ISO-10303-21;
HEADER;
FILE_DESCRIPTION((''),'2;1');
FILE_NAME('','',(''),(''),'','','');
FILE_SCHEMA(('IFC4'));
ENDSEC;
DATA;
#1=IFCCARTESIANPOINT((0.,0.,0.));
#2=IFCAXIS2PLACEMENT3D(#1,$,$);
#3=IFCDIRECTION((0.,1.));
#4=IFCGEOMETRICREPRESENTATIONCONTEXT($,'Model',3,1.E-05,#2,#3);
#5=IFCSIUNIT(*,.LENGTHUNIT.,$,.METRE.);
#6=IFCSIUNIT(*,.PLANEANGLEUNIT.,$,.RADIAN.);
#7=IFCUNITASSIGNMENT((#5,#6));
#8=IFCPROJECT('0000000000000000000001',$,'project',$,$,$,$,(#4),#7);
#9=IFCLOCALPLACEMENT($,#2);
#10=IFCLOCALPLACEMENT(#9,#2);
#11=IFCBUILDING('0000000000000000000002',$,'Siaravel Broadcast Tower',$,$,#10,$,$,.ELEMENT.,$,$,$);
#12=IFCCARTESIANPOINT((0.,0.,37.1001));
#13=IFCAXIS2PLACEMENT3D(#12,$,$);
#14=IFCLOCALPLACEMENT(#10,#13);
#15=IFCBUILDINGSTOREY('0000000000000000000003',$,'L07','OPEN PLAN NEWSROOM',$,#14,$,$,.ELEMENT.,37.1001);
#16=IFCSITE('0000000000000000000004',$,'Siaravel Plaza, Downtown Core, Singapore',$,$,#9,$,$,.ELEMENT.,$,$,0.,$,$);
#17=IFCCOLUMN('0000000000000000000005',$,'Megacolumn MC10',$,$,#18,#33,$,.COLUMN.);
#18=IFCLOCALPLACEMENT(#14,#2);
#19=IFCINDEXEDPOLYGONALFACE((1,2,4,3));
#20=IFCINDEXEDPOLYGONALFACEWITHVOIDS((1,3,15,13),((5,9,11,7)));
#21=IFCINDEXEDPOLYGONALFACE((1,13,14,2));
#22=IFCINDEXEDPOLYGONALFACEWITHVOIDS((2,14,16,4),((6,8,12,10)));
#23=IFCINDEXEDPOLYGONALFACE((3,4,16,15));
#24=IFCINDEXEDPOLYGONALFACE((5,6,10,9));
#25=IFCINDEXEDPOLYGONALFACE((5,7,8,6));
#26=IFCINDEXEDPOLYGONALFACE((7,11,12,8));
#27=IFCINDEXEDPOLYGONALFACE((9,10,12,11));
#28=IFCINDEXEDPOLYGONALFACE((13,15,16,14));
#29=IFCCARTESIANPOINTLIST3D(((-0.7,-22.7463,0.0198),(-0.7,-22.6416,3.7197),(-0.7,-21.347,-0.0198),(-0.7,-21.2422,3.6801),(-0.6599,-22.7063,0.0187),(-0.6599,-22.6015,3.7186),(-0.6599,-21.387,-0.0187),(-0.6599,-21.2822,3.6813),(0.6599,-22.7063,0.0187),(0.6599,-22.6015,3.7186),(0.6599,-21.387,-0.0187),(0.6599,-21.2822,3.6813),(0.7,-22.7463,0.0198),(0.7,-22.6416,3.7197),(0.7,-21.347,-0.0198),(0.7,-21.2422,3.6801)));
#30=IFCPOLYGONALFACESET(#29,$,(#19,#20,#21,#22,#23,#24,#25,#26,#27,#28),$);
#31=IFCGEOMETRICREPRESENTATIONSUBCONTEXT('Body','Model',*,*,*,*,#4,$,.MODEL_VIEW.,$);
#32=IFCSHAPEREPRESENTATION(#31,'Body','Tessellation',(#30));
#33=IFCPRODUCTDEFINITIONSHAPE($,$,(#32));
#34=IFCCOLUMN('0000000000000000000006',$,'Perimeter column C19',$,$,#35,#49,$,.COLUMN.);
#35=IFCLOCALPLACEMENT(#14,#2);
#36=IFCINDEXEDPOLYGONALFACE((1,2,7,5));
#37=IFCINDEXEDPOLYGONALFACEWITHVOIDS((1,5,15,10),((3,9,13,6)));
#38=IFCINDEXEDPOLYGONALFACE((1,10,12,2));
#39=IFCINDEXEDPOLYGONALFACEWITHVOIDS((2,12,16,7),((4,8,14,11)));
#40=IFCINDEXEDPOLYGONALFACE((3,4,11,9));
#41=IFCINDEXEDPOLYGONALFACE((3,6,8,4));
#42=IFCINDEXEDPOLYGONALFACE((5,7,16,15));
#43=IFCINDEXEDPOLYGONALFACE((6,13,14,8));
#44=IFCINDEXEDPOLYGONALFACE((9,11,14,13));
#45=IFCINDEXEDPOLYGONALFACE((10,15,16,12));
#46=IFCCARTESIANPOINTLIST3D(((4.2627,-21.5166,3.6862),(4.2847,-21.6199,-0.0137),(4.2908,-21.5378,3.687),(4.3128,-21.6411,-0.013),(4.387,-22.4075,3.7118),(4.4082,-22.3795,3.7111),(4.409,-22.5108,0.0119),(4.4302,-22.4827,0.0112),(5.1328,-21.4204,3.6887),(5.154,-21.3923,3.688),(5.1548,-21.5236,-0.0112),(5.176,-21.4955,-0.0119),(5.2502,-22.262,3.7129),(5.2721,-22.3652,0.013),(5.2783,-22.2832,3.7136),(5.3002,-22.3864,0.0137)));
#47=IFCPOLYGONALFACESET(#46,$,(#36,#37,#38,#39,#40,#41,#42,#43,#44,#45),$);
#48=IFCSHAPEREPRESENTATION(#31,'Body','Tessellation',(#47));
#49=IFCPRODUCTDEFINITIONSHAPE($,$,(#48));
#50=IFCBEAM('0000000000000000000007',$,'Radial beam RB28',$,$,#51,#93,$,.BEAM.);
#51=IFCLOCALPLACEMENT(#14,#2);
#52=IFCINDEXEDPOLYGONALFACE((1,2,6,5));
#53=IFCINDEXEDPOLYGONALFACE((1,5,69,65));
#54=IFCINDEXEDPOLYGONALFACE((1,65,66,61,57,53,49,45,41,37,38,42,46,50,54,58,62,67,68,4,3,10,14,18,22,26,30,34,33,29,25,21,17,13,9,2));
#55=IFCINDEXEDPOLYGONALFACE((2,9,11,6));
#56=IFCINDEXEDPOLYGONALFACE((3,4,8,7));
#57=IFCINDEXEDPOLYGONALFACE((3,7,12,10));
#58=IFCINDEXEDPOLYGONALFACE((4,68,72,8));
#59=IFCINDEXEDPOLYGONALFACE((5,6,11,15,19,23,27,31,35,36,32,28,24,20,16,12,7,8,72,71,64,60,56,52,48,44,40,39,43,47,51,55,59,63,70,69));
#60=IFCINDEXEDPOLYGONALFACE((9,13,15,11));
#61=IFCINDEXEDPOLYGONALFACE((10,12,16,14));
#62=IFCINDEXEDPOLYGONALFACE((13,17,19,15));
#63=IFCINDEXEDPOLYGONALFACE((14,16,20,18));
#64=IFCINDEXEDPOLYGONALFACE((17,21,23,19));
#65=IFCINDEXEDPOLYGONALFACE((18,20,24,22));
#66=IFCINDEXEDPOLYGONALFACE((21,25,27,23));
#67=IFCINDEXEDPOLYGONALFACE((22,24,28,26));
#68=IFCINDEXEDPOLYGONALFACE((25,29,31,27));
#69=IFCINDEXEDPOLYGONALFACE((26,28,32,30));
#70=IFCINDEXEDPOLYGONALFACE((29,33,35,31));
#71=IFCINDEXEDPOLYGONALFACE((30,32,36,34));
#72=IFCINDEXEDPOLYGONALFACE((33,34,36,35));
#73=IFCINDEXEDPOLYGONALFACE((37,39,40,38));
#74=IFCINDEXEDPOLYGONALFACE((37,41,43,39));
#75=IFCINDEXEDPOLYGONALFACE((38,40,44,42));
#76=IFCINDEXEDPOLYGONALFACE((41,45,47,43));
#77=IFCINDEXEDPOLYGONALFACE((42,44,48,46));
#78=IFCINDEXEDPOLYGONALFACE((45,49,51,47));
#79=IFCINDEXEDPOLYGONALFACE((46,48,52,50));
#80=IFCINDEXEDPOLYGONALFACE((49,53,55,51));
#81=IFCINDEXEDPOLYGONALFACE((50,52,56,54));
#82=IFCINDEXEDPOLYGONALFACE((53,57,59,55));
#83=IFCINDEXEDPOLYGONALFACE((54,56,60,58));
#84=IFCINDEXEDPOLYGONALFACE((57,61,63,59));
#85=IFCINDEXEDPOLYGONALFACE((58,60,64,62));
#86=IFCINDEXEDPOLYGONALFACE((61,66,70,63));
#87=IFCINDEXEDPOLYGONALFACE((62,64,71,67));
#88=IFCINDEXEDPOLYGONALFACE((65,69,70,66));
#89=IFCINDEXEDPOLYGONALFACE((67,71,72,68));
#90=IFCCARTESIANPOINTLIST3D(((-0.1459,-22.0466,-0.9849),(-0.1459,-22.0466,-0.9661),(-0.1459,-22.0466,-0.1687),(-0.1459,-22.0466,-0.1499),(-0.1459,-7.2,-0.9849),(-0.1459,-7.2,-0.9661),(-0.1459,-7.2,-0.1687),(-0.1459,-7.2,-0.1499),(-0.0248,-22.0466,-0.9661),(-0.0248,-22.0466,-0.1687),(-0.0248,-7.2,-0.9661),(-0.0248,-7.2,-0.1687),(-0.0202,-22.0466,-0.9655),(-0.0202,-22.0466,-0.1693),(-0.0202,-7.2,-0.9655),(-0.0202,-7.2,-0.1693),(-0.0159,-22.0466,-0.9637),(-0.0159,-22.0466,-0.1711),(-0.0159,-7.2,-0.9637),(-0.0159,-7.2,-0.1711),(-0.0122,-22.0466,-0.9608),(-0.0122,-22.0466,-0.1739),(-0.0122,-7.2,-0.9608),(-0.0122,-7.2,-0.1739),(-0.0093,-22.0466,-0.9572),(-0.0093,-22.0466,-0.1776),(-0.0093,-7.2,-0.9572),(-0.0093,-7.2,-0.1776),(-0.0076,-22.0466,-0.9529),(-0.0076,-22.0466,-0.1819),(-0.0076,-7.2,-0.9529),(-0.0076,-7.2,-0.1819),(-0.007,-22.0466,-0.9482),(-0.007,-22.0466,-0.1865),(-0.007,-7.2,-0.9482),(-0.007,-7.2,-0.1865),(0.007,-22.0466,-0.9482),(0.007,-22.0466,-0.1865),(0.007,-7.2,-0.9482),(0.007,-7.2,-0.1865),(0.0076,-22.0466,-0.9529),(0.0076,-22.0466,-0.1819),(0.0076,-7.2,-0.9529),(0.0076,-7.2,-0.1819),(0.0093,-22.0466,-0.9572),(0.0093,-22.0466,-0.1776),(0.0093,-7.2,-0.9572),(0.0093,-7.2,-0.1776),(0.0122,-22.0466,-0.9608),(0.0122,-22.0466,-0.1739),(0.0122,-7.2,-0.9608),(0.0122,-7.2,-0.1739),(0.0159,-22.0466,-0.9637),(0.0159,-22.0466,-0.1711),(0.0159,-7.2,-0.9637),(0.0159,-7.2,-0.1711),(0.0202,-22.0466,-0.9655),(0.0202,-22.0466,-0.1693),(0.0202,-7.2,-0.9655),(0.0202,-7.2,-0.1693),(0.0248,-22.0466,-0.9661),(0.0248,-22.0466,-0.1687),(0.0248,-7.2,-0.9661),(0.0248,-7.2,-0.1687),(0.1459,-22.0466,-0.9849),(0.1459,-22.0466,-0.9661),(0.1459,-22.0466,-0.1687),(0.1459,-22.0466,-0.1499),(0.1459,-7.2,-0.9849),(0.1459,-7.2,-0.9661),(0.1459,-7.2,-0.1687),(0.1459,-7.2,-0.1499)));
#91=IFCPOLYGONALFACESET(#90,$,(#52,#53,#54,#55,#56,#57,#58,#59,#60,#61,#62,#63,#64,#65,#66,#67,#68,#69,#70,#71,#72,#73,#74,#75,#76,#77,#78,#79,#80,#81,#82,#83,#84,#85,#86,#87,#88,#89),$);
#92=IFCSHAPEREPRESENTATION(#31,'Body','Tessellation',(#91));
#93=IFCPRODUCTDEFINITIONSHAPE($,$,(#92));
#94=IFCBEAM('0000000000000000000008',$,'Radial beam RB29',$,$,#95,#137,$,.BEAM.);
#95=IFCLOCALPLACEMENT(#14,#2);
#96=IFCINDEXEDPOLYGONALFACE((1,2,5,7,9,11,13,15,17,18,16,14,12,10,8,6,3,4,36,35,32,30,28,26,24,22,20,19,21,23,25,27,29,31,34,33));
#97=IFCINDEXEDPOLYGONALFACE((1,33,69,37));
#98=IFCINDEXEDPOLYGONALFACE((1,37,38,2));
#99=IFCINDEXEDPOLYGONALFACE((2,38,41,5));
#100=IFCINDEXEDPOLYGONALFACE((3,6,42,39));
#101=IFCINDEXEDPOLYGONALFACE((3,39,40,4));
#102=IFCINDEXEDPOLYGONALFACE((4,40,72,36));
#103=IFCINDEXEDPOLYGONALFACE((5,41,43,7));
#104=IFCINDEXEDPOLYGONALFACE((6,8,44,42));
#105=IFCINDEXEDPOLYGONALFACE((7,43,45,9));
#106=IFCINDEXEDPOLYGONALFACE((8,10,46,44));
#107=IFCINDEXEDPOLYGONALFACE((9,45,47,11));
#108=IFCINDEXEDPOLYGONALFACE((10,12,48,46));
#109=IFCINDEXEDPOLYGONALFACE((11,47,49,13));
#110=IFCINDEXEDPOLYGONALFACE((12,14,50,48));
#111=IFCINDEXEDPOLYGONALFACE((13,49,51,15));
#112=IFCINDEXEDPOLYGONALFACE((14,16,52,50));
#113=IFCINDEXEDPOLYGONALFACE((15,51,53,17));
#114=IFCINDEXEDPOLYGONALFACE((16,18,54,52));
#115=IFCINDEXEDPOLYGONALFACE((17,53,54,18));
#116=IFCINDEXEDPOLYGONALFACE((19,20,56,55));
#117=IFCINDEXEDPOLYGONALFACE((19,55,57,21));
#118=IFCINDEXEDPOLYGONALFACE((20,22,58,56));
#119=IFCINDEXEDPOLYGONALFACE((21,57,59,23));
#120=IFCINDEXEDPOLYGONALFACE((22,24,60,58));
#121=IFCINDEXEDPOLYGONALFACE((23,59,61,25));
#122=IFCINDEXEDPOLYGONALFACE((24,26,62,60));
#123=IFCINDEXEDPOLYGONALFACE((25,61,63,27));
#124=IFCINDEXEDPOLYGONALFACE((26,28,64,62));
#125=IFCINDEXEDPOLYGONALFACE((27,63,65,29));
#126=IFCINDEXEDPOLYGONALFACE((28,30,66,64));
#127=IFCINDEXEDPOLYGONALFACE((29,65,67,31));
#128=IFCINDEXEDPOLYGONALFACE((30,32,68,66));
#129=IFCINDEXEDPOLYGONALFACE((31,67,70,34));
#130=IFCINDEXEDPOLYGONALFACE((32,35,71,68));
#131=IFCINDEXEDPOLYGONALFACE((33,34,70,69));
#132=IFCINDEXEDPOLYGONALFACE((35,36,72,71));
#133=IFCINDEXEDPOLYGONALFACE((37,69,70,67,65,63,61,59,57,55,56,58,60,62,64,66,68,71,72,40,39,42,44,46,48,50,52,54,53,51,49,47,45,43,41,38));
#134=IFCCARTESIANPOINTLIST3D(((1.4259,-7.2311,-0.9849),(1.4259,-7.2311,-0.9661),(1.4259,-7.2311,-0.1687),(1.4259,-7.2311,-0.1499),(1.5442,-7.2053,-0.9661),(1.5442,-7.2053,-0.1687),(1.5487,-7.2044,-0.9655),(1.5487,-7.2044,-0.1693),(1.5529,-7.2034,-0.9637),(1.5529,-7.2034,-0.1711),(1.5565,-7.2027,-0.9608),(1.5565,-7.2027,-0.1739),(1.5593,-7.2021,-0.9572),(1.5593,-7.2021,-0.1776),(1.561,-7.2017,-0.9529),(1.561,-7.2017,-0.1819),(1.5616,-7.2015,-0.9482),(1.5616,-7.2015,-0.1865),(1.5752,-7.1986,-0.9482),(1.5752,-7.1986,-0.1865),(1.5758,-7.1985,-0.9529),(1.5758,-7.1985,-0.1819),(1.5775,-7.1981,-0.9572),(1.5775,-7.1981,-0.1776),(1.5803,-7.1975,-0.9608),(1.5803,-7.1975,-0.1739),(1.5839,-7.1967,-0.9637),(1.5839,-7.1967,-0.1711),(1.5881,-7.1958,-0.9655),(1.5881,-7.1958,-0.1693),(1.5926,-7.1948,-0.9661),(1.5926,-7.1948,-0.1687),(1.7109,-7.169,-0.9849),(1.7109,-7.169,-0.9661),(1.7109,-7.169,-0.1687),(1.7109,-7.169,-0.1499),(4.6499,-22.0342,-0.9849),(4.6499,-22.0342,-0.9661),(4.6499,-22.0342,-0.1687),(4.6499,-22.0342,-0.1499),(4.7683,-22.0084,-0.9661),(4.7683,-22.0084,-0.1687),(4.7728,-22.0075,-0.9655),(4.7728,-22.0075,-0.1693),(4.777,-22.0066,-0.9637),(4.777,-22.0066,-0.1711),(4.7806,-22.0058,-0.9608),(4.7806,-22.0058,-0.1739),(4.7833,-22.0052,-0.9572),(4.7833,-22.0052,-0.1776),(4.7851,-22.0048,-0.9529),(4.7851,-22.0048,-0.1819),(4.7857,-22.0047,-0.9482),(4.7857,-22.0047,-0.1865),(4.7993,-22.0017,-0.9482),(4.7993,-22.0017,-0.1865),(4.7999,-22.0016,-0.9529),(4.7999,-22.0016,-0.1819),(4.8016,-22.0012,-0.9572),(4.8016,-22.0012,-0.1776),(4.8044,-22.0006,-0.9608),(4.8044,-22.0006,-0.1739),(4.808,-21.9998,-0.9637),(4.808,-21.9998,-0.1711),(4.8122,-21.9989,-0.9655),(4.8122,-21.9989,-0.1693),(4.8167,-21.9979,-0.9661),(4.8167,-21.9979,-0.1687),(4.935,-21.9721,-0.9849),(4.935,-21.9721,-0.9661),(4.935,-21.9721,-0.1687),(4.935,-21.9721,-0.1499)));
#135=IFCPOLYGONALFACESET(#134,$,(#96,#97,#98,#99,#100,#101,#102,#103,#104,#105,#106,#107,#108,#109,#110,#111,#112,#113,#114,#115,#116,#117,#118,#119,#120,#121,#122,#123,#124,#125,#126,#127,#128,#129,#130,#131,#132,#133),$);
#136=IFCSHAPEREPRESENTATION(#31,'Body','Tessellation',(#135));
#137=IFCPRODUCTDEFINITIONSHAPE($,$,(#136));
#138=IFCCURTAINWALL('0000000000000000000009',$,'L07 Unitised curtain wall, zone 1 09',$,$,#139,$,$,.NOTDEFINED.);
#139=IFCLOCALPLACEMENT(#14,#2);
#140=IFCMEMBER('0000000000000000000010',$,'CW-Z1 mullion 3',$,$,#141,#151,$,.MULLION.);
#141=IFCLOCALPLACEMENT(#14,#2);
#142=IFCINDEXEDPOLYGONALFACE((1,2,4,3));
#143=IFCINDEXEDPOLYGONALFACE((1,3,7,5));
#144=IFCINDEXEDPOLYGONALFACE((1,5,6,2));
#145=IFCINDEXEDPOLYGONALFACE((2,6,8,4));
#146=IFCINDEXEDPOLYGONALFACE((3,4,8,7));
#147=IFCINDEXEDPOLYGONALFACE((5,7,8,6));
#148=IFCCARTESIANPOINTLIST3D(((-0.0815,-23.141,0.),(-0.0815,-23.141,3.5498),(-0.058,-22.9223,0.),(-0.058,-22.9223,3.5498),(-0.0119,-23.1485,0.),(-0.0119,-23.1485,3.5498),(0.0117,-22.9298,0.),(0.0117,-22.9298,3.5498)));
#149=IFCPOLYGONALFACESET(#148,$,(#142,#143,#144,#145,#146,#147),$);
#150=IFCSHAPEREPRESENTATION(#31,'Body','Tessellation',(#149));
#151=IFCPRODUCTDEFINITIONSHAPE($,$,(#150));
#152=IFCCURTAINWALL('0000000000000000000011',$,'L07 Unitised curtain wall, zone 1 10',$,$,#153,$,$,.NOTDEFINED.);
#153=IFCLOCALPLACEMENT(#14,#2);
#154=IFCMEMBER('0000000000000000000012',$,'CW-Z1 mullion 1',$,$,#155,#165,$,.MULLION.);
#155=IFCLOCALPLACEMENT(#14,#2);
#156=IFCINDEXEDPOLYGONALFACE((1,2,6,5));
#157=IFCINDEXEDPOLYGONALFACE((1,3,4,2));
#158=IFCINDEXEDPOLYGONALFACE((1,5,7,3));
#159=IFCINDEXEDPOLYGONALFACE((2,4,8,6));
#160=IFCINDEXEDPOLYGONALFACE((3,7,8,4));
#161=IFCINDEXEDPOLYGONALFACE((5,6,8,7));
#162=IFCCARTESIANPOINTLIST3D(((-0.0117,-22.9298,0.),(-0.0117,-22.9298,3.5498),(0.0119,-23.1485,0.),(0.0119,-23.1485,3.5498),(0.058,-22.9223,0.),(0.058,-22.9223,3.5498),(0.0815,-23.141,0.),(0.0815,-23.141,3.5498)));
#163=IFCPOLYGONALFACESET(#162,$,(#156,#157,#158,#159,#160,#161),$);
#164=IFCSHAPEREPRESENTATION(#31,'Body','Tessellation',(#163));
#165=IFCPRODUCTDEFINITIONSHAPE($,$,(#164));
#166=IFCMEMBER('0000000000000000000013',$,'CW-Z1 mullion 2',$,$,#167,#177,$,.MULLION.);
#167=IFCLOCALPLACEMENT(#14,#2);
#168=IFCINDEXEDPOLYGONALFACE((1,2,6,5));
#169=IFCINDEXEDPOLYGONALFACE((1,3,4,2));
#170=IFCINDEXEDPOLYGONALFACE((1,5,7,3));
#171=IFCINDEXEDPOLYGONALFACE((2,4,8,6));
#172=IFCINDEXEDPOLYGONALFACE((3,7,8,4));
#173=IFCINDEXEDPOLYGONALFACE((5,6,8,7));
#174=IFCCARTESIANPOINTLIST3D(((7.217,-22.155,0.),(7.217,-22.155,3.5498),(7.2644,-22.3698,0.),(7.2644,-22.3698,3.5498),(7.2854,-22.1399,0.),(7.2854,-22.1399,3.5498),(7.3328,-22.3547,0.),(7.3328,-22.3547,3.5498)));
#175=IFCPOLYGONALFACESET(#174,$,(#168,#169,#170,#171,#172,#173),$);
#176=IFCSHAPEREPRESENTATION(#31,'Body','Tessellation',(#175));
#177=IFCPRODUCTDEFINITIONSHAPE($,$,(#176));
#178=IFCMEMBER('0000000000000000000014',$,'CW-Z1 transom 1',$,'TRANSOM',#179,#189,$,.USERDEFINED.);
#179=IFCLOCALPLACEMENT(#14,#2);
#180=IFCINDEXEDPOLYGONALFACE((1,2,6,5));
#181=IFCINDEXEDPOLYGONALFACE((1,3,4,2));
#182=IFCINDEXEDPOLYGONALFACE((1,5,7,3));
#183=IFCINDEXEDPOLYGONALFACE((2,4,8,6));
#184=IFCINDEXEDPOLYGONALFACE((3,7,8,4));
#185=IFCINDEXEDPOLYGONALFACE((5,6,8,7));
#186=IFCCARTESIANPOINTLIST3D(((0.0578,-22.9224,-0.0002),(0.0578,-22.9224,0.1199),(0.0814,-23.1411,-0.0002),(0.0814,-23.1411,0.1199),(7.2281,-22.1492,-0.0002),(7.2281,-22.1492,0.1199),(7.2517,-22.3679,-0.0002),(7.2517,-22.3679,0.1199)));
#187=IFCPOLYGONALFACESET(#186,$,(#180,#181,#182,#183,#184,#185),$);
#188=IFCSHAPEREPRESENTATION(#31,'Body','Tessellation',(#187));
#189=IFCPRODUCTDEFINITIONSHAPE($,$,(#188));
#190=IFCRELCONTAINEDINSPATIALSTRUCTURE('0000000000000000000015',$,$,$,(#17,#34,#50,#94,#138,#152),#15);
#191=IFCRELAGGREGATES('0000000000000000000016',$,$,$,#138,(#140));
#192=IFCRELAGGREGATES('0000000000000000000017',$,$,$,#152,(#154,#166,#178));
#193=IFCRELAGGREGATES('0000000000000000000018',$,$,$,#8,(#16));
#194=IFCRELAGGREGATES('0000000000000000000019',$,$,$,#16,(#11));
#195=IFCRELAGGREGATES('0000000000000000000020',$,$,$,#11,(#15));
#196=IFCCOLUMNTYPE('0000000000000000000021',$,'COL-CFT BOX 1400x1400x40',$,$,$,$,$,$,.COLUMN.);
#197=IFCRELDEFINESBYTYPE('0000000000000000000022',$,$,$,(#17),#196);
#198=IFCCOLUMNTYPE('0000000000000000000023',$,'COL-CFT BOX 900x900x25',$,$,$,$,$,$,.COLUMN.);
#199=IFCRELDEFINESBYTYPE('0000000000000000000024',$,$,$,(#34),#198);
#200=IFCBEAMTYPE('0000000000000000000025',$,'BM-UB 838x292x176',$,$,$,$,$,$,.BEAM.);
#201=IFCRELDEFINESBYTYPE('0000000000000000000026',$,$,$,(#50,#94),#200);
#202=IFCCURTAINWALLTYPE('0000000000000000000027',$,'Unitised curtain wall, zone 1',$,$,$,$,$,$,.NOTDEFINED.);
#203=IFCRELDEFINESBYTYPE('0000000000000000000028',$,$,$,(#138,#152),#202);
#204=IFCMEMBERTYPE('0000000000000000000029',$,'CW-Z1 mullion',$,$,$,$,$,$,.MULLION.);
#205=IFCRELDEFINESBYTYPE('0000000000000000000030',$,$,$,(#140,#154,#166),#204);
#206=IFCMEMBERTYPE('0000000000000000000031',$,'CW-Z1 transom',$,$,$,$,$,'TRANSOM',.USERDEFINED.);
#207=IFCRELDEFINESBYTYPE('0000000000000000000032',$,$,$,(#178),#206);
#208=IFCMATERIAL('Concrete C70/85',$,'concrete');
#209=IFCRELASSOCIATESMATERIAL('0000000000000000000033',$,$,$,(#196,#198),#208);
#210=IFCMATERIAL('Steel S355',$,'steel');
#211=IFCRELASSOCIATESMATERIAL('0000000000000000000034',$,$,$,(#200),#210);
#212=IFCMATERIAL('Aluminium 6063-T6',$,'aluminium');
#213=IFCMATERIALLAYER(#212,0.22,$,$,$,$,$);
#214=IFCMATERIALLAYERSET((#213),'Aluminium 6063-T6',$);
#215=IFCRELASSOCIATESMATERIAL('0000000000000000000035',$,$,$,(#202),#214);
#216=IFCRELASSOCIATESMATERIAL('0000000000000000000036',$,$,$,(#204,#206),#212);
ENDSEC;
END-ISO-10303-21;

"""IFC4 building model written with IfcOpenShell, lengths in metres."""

from ifc_helpers import new_model, si_unit, direction, frame, origin, origin_2d, place, context, subcontext, project, spatial, rectangle, hollow_rectangle, i_section, extrude, material, layer, layer_set, material_profile, profile_set, type_object, element, aggregate, save


model = new_model("IFC4")

# Units and contexts
model_context = context("Model", 3, precision=1e-05, world=origin(), true_north=direction((0.0, 1.0)))
body_context = subcontext(model_context, "Body", "Model", "MODEL_VIEW")
ifc_project = project(units=[si_unit("LENGTHUNIT", "METRE"), si_unit("PLANEANGLEUNIT", "RADIAN")], contexts=[model_context])

# Site, building, storey
site_placement = place(None, origin())
site = spatial("IfcSite", under=ifc_project, at=site_placement, Name="Siaravel Plaza, Downtown Core, Singapore", CompositionType="ELEMENT", RefElevation=0.0)
building_placement = place(site_placement, origin())
building = spatial("IfcBuilding", under=site, at=building_placement, Name="Siaravel Broadcast Tower", CompositionType="ELEMENT")
storey_placement = place(building_placement, frame((0.0, 0.0, 37.1001)))
storey = spatial("IfcBuildingStorey", under=building, at=storey_placement, Name="L07", Description="OPEN PLAN NEWSROOM", CompositionType="ELEMENT", Elevation=37.1001)

# Columns
ifc_material_1 = material(Name="Concrete C70/85", Category="concrete")
ifc_material_profile_1 = material_profile(ifc_material_1, hollow_rectangle(XDim=1.3999, YDim=1.3999, WallThickness=0.04, at=origin_2d()))
ifc_profile_set_1 = profile_set([ifc_material_profile_1], Name="Concrete C70/85")
column_type_1 = type_object("IfcColumnType", Name="COL-CFT BOX 1400x1400x40", PredefinedType="COLUMN", material=ifc_profile_set_1)
column_1_placement = place(storey_placement, frame((0.0, -22.0466, 0.0), z_axis=(0.0, 0.028296, 0.9996), x_axis=(-1.0, 0.0, 0.0)))
element("IfcColumn", 1, at=column_1_placement, inside=storey, type_object=column_type_1, Name="Megacolumn MC10", PredefinedType="COLUMN", context=body_context, shape_type="SweptSolid", body=[
    extrude(hollow_rectangle(XDim=1.3999, YDim=1.3999, WallThickness=0.04, at=origin_2d()), origin(), (0.0, 0.0, 1.0), 3.7014),
])
ifc_material_profile_2 = material_profile(ifc_material_1, hollow_rectangle(XDim=0.8999, YDim=0.8999, WallThickness=0.0249, at=origin_2d()))
ifc_profile_set_2 = profile_set([ifc_material_profile_2], Name="Concrete C70/85")
column_type_2 = type_object("IfcColumnType", Name="COL-CFT BOX 900x900x25", PredefinedType="COLUMN", material=ifc_profile_set_2)
column_2_placement = place(storey_placement, frame((4.7925, -22.0032, 0.0), z_axis=(-0.005936, 0.0279, 0.999593), x_axis=(-0.990401, -0.138207, -0.002024)))
element("IfcColumn", 2, at=column_2_placement, inside=storey, type_object=column_type_2, Name="Perimeter column C19", PredefinedType="COLUMN", context=body_context, shape_type="SweptSolid", body=[
    extrude(hollow_rectangle(XDim=0.8999, YDim=0.8999, WallThickness=0.0249, at=origin_2d()), origin(), (0.0, 0.0, 1.0), 3.7014),
])

# Beams
ifc_material_2 = material(Name="Steel S355", Category="steel")
ifc_material_profile_3 = material_profile(ifc_material_2, i_section(OverallWidth=0.2917, OverallDepth=0.835, WebThickness=0.0139, FlangeThickness=0.0188, FilletRadius=0.0178, at=origin_2d()))
ifc_profile_set_3 = profile_set([ifc_material_profile_3], Name="Steel S355")
beam_type = type_object("IfcBeamType", Name="BM-UB 838x292x176", PredefinedType="BEAM", material=ifc_profile_set_3)
beam_1_placement = place(storey_placement, frame((0.0, -22.0466, -0.5674), z_axis=(0.0, 1.0, 0.0), x_axis=(-1.0, 0.0, 0.0)))
element("IfcBeam", 3, at=beam_1_placement, inside=storey, type_object=beam_type, Name="Radial beam RB28", PredefinedType="BEAM", context=body_context, shape_type="SweptSolid", body=[
    extrude(i_section(OverallWidth=0.2917, OverallDepth=0.835, WebThickness=0.0139, FlangeThickness=0.0188, FilletRadius=0.0178, at=origin_2d()), origin(), (0.0, 0.0, 1.0), 14.8467),
])
beam_2_placement = place(storey_placement, frame((4.7925, -22.0032, -0.5674), z_axis=(-0.21281, 0.977094, 0.0), x_axis=(-0.977094, -0.21281, 0.0)))
element("IfcBeam", 4, at=beam_2_placement, inside=storey, type_object=beam_type, Name="Radial beam RB29", PredefinedType="BEAM", context=body_context, shape_type="SweptSolid", body=[
    extrude(i_section(OverallWidth=0.2917, OverallDepth=0.835, WebThickness=0.0139, FlangeThickness=0.0188, FilletRadius=0.0178, at=origin_2d()), origin(), (0.0, 0.0, 1.0), 15.1501),
])

# Curtain wall, member
ifc_material_3 = material(Name="Aluminium 6063-T6", Category="aluminium")
ifc_layer_1 = layer(ifc_material_3, 0.22)
ifc_layer_set_1 = layer_set([ifc_layer_1], Name="Aluminium 6063-T6")
curtain_wall_type = type_object("IfcCurtainWallType", Name="Unitised curtain wall, zone 1", PredefinedType="NOTDEFINED", material=ifc_layer_set_1)
curtain_wall_1_placement = place(storey_placement, origin())
curtain_wall_1 = element("IfcCurtainWall", 5, at=curtain_wall_1_placement, inside=storey, type_object=curtain_wall_type, Name="L07 Unitised curtain wall, zone 1 09", PredefinedType="NOTDEFINED")
ifc_material_profile_4 = material_profile(ifc_material_3, rectangle(XDim=0.22, YDim=0.0701, at=origin_2d()))
ifc_profile_set_4 = profile_set([ifc_material_profile_4], Name="Aluminium 6063-T6")
member_type_1 = type_object("IfcMemberType", Name="CW-Z1 mullion", PredefinedType="MULLION", material=ifc_profile_set_4)
member_1_placement = place(storey_placement, frame((-0.0349, -23.0354, 0.0), z_axis=(0.0, 0.0, 1.0), x_axis=(0.107218, 0.994236, 0.0)))
member_1 = element("IfcMember", 6, at=member_1_placement, type_object=member_type_1, Name="CW-Z1 mullion 3", PredefinedType="MULLION", context=body_context, shape_type="SweptSolid", body=[
    extrude(rectangle(XDim=0.22, YDim=0.0701, at=origin_2d()), origin(), (0.0, 0.0, 1.0), 3.5498),
])
aggregate(curtain_wall_1, [member_1])

# Curtain wall, members
curtain_wall_2_placement = place(storey_placement, origin())
curtain_wall_2 = element("IfcCurtainWall", 7, at=curtain_wall_2_placement, inside=storey, type_object=curtain_wall_type, Name="L07 Unitised curtain wall, zone 1 10", PredefinedType="NOTDEFINED")
member_2_placement = place(storey_placement, frame((0.0349, -23.0354, 0.0), z_axis=(0.0, 0.0, 1.0), x_axis=(-0.107218, 0.994236, 0.0)))
member_2 = element("IfcMember", 8, at=member_2_placement, type_object=member_type_1, Name="CW-Z1 mullion 1", PredefinedType="MULLION", context=body_context, shape_type="SweptSolid", body=[
    extrude(rectangle(XDim=0.22, YDim=0.0701, at=origin_2d()), origin(), (0.0, 0.0, 1.0), 3.5498),
])
member_3_placement = place(storey_placement, frame((7.2749, -22.2549, 0.0), z_axis=(0.0, 0.0, 1.0), x_axis=(-0.215558, 0.976491, 0.0)))
member_3 = element("IfcMember", 9, at=member_3_placement, type_object=member_type_1, Name="CW-Z1 mullion 2", PredefinedType="MULLION", context=body_context, shape_type="SweptSolid", body=[
    extrude(rectangle(XDim=0.22, YDim=0.0701, at=origin_2d()), origin(), (0.0, 0.0, 1.0), 3.5498),
])
ifc_material_profile_5 = material_profile(ifc_material_3, rectangle(XDim=0.22, YDim=0.1201, at=origin_2d()))
ifc_profile_set_5 = profile_set([ifc_material_profile_5], Name="Aluminium 6063-T6")
member_type_2 = type_object("IfcMemberType", Name="CW-Z1 transom", ElementType="TRANSOM", PredefinedType="USERDEFINED", material=ifc_profile_set_5)
member_4_placement = place(storey_placement, frame((0.0696, -23.0317, 0.0598), z_axis=(0.994236, 0.10721, 0.0), x_axis=(-0.10721, 0.994236, 0.0)))
member_4 = element("IfcMember", 10, at=member_4_placement, type_object=member_type_2, Name="CW-Z1 transom 1", ObjectType="TRANSOM", PredefinedType="USERDEFINED", context=body_context, shape_type="SweptSolid", body=[
    extrude(rectangle(XDim=0.22, YDim=0.1201, at=origin_2d()), origin(), (0.0, 0.0, 1.0), 7.2119),
])

aggregate(curtain_wall_2, [member_2, member_3, member_4])

save(model, "model.ifc")
